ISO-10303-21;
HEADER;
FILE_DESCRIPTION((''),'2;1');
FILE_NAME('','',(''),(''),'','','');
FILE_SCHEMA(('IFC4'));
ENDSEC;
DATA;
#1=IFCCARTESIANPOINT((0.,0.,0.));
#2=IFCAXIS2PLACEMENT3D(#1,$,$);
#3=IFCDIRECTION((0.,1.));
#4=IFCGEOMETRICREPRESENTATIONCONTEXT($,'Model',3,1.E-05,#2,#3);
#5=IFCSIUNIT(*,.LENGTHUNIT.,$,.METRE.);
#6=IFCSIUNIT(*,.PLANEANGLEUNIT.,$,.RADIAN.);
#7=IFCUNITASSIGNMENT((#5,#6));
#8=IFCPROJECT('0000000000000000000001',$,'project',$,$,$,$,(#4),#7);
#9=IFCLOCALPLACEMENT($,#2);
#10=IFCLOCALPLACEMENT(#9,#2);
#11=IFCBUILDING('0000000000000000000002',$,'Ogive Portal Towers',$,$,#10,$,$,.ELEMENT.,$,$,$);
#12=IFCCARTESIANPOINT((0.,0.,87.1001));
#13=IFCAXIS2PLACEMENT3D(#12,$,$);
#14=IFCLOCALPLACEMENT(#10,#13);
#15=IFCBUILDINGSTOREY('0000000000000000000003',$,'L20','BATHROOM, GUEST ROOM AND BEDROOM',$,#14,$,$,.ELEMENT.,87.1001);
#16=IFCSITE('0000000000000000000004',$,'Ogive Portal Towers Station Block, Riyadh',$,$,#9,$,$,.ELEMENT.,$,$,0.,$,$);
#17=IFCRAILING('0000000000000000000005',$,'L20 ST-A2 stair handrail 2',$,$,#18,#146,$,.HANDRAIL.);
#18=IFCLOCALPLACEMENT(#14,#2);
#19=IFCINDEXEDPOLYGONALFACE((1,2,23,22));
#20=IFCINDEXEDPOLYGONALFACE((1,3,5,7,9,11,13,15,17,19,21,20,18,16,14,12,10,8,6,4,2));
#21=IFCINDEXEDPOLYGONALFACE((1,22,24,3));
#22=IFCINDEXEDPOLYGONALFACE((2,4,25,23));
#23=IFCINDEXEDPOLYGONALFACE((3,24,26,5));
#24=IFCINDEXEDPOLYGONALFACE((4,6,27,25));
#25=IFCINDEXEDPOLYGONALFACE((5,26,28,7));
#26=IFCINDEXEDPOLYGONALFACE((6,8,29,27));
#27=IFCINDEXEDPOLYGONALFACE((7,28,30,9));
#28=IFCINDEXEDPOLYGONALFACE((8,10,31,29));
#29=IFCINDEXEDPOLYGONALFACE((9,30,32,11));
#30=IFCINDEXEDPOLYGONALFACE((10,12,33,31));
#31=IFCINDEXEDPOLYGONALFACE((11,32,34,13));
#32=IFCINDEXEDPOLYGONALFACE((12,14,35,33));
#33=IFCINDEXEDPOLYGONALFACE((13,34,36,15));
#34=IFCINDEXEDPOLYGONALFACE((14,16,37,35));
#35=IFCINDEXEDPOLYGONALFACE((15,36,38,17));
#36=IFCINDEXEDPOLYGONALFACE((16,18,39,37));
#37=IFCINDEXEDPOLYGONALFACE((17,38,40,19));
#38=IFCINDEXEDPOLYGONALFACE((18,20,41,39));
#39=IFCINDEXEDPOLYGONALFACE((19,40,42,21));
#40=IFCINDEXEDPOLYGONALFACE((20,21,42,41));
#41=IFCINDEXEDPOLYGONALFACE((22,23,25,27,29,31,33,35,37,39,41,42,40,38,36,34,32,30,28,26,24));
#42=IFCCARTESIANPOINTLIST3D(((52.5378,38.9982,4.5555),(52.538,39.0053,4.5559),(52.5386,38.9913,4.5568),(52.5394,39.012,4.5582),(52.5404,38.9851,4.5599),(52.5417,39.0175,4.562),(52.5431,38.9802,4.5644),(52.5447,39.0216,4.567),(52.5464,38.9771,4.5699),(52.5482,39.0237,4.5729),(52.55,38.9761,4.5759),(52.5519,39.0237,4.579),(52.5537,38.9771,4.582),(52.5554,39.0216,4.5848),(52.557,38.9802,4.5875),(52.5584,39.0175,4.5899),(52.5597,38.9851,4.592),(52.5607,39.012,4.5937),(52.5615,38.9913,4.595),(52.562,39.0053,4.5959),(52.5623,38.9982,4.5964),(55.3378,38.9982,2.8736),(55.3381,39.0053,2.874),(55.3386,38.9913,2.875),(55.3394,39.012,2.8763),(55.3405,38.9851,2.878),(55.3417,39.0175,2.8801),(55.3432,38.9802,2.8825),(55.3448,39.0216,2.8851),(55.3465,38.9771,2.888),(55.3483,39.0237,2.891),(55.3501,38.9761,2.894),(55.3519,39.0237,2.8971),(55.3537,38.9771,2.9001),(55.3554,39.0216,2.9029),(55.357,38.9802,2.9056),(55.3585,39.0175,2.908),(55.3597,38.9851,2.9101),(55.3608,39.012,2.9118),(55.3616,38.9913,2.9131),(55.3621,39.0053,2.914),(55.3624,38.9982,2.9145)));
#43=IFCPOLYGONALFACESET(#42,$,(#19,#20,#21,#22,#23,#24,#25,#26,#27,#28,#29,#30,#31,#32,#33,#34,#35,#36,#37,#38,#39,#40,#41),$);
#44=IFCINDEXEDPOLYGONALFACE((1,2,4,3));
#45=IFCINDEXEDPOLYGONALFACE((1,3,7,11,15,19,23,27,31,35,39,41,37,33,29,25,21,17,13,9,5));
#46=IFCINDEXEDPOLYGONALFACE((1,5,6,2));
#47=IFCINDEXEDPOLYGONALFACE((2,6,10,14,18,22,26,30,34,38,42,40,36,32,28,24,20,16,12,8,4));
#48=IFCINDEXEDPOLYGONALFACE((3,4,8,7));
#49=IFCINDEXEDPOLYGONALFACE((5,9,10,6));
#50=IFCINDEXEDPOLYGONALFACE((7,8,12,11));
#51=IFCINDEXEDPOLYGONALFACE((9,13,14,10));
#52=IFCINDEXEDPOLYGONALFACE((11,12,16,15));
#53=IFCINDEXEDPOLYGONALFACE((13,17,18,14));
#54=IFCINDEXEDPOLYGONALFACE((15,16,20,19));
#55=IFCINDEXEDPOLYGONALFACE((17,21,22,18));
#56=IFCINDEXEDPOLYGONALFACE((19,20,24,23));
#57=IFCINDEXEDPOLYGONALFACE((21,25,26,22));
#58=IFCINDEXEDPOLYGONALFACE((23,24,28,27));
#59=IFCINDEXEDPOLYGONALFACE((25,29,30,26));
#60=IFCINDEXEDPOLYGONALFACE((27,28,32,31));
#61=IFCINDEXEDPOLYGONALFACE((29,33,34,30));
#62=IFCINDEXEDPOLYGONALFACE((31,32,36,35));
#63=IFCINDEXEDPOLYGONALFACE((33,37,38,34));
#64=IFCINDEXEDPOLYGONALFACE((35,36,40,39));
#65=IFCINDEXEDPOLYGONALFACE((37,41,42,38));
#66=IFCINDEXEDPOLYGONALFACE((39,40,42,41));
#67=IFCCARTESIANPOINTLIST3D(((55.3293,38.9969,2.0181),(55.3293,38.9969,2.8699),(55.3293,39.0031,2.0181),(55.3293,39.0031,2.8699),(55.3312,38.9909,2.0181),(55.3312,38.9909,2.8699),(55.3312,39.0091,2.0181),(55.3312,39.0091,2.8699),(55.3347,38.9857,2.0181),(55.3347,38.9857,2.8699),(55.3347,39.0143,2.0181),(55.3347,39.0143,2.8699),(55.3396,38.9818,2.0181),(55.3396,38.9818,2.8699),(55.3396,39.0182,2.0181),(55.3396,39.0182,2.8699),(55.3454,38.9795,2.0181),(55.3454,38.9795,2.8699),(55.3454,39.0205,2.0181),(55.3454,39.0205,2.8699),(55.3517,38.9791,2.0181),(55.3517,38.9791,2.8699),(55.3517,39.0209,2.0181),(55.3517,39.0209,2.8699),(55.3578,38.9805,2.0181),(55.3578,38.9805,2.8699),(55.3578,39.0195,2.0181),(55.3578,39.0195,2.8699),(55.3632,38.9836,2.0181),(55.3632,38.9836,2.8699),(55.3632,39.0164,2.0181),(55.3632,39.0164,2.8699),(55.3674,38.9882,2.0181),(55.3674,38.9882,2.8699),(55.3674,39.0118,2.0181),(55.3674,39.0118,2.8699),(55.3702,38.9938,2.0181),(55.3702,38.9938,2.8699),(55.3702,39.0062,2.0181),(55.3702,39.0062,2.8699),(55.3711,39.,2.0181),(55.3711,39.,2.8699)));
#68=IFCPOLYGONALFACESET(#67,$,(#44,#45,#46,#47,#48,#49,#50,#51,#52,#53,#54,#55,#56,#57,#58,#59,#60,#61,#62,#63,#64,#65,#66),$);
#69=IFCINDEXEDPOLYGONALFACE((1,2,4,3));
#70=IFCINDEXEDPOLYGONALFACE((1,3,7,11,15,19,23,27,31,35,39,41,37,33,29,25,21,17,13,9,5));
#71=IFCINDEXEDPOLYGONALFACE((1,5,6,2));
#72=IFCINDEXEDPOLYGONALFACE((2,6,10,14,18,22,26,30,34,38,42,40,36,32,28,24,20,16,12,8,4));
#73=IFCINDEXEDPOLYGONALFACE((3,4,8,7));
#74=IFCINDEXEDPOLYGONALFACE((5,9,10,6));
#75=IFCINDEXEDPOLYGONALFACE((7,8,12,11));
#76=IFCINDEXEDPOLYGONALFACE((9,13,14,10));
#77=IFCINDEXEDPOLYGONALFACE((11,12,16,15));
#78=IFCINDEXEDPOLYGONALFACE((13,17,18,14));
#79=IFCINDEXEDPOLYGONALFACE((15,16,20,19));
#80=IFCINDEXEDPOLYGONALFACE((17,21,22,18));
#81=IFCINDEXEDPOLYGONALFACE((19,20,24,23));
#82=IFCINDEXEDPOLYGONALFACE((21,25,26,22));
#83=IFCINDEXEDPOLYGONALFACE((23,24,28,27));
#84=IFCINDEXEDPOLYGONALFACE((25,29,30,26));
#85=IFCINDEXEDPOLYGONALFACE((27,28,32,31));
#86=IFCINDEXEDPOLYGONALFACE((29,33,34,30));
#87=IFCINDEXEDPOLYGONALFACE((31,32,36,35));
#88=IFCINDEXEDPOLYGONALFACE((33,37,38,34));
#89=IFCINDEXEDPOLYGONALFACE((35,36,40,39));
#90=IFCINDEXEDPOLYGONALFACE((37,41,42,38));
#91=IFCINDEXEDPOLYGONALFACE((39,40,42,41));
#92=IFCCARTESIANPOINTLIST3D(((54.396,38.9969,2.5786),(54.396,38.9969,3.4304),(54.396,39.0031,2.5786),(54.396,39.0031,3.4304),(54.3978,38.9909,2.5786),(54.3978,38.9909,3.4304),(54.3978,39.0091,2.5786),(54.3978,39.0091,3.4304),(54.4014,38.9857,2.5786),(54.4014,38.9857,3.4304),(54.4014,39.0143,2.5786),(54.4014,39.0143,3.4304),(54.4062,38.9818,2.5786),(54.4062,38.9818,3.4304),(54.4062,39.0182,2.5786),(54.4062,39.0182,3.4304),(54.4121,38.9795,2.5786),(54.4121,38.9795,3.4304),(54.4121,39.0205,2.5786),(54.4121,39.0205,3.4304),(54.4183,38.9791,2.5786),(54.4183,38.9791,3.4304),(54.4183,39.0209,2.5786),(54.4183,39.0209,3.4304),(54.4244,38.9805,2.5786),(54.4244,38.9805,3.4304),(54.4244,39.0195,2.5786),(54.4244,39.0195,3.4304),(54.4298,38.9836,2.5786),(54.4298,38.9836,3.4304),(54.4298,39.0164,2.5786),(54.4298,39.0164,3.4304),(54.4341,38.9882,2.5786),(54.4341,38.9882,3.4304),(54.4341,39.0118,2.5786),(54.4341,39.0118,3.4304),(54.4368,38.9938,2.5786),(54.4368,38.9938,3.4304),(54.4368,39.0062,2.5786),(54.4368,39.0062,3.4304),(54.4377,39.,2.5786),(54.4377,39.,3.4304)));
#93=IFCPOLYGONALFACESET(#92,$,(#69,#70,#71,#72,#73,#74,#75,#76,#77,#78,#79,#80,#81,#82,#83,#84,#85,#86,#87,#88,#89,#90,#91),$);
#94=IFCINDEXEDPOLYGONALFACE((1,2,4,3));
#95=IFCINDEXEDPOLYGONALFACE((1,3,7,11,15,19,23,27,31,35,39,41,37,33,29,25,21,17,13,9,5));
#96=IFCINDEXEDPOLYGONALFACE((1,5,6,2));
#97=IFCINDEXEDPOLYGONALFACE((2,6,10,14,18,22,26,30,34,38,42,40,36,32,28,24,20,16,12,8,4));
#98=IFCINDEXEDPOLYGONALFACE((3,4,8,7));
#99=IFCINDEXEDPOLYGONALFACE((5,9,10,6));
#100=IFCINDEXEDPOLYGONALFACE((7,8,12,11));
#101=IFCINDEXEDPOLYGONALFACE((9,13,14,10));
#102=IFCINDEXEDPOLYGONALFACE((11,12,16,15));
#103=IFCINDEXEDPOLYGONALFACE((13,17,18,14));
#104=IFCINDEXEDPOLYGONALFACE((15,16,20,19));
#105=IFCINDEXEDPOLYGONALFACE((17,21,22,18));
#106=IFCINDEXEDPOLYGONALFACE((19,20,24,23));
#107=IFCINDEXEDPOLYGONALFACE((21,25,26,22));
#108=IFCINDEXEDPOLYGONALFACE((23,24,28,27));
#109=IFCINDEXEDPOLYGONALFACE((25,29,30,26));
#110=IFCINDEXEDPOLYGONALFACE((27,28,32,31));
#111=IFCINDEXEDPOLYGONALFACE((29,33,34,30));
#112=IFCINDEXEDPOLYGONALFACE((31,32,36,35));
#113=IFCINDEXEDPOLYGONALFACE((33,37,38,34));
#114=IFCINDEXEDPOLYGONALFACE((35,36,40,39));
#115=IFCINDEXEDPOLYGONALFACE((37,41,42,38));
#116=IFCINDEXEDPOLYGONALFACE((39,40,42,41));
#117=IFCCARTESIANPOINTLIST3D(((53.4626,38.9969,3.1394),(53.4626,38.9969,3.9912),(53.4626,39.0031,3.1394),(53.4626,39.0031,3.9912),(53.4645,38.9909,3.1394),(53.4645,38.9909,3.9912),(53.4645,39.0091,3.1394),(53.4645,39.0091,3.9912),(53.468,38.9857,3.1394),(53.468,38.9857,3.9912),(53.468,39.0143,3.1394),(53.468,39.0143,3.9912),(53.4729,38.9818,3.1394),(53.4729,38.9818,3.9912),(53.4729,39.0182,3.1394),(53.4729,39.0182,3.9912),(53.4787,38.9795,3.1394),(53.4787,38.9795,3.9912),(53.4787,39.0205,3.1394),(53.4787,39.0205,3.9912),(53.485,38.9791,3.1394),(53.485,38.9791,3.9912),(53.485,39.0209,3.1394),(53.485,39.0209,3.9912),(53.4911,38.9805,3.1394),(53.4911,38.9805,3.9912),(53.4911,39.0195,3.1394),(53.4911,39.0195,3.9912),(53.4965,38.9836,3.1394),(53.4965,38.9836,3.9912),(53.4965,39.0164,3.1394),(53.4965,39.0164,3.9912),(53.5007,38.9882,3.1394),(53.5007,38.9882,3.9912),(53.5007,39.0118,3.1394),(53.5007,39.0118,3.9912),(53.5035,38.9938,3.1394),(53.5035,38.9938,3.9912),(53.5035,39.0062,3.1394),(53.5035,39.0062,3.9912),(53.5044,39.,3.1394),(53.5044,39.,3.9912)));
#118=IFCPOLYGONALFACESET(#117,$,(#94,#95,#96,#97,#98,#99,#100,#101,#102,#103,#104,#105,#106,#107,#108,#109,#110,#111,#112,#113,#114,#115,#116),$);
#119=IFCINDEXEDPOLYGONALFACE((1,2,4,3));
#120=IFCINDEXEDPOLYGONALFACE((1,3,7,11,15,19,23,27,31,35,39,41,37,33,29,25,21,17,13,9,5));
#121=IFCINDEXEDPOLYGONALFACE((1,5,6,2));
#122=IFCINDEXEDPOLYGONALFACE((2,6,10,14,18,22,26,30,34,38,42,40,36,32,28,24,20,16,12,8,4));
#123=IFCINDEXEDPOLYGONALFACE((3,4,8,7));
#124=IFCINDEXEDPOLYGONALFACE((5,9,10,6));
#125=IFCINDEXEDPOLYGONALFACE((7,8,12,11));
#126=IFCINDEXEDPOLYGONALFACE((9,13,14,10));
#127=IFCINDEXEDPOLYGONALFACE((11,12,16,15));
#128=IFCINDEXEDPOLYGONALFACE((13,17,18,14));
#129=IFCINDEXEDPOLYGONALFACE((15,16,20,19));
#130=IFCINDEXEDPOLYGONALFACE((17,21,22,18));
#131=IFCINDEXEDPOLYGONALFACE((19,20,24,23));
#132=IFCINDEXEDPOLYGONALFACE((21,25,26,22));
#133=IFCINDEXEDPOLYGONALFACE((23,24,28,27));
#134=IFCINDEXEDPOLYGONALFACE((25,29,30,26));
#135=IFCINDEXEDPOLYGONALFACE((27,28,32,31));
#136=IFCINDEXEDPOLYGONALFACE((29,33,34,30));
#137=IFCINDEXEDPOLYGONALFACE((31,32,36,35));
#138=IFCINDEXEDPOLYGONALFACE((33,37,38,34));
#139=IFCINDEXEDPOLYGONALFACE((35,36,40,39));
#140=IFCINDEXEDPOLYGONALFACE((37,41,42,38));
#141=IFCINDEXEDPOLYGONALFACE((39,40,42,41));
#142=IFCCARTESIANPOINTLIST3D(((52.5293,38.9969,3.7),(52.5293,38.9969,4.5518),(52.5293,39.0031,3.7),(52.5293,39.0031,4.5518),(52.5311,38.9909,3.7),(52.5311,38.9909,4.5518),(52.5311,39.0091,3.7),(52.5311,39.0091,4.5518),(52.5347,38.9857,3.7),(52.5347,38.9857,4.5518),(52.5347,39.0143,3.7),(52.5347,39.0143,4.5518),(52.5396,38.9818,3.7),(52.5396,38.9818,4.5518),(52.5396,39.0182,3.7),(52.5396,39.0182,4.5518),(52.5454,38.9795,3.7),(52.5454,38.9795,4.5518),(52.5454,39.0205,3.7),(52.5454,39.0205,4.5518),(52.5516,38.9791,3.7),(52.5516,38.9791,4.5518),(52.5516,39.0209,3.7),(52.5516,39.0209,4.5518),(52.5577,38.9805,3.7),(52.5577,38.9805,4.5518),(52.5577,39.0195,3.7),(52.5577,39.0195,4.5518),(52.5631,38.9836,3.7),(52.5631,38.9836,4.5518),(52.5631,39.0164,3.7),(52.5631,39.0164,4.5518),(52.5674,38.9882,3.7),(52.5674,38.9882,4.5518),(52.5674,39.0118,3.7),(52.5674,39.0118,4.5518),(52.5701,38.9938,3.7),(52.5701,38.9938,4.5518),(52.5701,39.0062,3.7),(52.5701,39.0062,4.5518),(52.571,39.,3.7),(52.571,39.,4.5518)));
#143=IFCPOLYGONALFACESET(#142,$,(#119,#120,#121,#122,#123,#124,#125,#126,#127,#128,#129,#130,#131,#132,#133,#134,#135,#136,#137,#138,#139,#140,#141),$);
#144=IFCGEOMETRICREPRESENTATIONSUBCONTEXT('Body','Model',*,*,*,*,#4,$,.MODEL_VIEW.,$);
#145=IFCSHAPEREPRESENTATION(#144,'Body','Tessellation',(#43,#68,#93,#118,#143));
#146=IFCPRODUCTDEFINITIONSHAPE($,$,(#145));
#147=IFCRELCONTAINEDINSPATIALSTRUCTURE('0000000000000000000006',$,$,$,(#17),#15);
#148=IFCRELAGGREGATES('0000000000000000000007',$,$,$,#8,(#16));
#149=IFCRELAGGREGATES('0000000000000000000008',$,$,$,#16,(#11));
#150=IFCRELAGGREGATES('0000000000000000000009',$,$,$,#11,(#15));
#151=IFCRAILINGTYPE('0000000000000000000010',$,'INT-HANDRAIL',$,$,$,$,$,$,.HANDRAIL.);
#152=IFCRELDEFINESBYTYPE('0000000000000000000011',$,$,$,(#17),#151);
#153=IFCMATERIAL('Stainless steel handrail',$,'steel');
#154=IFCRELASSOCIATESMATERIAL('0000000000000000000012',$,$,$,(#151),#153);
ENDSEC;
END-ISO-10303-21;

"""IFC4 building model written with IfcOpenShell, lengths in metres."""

from ifc_helpers import new_model, si_unit, direction, frame, origin, origin_2d, place, context, subcontext, project, spatial, circle, extrude, material, type_object, element, save


model = new_model("IFC4")

# Units and contexts
model_context = context("Model", 3, precision=1e-05, world=origin(), true_north=direction((0.0, 1.0)))
body_context = subcontext(model_context, "Body", "Model", "MODEL_VIEW")
ifc_project = project(units=[si_unit("LENGTHUNIT", "METRE"), si_unit("PLANEANGLEUNIT", "RADIAN")], contexts=[model_context])

# Site, building, storey
site_placement = place(None, origin())
site = spatial("IfcSite", under=ifc_project, at=site_placement, Name="Ogive Portal Towers Station Block, Riyadh", CompositionType="ELEMENT", RefElevation=0.0)
building_placement = place(site_placement, origin())
building = spatial("IfcBuilding", under=site, at=building_placement, Name="Ogive Portal Towers", CompositionType="ELEMENT")
storey_placement = place(building_placement, frame((0.0, 0.0, 87.1001)))
storey = spatial("IfcBuildingStorey", under=building, at=storey_placement, Name="L20", Description="BATHROOM, GUEST ROOM AND BEDROOM", CompositionType="ELEMENT", Elevation=87.1001)

# Railing
ifc_material_1 = material(Name="Stainless steel handrail", Category="steel")
railing_type_1 = type_object("IfcRailingType", Name="INT-HANDRAIL", PredefinedType="HANDRAIL", material=ifc_material_1)
railing_1_placement = place(storey_placement, frame((55.3501, 39.0, 2.0181)))
element("IfcRailing", 1, at=railing_1_placement, inside=storey, type_object=railing_type_1, Name="L20 ST-A2 stair handrail 2", PredefinedType="HANDRAIL", context=body_context, shape_type="SweptSolid", body=[
    extrude(circle(Radius=0.0239, at=origin_2d()), frame((0.0, 0.0, 0.876), z_axis=(-0.857242, 0.0, 0.514913), x_axis=(0.0, -1.0, 0.0)), (0.0, 0.0, 1.0), 3.2664),
    extrude(circle(Radius=0.021, at=origin_2d()), origin(), (0.0, 0.0, 1.0), 0.8518),
    extrude(circle(Radius=0.021, at=origin_2d()), frame((-0.9333, 0.0, 0.5605)), (0.0, 0.0, 1.0), 0.8518),
    extrude(circle(Radius=0.021, at=origin_2d()), frame((-1.8667, 0.0, 1.1213)), (0.0, 0.0, 1.0), 0.8518),
    extrude(circle(Radius=0.021, at=origin_2d()), frame((-2.8, 0.0, 1.6819)), (0.0, 0.0, 1.0), 0.8518),
])

save(model, "model.ifc")
